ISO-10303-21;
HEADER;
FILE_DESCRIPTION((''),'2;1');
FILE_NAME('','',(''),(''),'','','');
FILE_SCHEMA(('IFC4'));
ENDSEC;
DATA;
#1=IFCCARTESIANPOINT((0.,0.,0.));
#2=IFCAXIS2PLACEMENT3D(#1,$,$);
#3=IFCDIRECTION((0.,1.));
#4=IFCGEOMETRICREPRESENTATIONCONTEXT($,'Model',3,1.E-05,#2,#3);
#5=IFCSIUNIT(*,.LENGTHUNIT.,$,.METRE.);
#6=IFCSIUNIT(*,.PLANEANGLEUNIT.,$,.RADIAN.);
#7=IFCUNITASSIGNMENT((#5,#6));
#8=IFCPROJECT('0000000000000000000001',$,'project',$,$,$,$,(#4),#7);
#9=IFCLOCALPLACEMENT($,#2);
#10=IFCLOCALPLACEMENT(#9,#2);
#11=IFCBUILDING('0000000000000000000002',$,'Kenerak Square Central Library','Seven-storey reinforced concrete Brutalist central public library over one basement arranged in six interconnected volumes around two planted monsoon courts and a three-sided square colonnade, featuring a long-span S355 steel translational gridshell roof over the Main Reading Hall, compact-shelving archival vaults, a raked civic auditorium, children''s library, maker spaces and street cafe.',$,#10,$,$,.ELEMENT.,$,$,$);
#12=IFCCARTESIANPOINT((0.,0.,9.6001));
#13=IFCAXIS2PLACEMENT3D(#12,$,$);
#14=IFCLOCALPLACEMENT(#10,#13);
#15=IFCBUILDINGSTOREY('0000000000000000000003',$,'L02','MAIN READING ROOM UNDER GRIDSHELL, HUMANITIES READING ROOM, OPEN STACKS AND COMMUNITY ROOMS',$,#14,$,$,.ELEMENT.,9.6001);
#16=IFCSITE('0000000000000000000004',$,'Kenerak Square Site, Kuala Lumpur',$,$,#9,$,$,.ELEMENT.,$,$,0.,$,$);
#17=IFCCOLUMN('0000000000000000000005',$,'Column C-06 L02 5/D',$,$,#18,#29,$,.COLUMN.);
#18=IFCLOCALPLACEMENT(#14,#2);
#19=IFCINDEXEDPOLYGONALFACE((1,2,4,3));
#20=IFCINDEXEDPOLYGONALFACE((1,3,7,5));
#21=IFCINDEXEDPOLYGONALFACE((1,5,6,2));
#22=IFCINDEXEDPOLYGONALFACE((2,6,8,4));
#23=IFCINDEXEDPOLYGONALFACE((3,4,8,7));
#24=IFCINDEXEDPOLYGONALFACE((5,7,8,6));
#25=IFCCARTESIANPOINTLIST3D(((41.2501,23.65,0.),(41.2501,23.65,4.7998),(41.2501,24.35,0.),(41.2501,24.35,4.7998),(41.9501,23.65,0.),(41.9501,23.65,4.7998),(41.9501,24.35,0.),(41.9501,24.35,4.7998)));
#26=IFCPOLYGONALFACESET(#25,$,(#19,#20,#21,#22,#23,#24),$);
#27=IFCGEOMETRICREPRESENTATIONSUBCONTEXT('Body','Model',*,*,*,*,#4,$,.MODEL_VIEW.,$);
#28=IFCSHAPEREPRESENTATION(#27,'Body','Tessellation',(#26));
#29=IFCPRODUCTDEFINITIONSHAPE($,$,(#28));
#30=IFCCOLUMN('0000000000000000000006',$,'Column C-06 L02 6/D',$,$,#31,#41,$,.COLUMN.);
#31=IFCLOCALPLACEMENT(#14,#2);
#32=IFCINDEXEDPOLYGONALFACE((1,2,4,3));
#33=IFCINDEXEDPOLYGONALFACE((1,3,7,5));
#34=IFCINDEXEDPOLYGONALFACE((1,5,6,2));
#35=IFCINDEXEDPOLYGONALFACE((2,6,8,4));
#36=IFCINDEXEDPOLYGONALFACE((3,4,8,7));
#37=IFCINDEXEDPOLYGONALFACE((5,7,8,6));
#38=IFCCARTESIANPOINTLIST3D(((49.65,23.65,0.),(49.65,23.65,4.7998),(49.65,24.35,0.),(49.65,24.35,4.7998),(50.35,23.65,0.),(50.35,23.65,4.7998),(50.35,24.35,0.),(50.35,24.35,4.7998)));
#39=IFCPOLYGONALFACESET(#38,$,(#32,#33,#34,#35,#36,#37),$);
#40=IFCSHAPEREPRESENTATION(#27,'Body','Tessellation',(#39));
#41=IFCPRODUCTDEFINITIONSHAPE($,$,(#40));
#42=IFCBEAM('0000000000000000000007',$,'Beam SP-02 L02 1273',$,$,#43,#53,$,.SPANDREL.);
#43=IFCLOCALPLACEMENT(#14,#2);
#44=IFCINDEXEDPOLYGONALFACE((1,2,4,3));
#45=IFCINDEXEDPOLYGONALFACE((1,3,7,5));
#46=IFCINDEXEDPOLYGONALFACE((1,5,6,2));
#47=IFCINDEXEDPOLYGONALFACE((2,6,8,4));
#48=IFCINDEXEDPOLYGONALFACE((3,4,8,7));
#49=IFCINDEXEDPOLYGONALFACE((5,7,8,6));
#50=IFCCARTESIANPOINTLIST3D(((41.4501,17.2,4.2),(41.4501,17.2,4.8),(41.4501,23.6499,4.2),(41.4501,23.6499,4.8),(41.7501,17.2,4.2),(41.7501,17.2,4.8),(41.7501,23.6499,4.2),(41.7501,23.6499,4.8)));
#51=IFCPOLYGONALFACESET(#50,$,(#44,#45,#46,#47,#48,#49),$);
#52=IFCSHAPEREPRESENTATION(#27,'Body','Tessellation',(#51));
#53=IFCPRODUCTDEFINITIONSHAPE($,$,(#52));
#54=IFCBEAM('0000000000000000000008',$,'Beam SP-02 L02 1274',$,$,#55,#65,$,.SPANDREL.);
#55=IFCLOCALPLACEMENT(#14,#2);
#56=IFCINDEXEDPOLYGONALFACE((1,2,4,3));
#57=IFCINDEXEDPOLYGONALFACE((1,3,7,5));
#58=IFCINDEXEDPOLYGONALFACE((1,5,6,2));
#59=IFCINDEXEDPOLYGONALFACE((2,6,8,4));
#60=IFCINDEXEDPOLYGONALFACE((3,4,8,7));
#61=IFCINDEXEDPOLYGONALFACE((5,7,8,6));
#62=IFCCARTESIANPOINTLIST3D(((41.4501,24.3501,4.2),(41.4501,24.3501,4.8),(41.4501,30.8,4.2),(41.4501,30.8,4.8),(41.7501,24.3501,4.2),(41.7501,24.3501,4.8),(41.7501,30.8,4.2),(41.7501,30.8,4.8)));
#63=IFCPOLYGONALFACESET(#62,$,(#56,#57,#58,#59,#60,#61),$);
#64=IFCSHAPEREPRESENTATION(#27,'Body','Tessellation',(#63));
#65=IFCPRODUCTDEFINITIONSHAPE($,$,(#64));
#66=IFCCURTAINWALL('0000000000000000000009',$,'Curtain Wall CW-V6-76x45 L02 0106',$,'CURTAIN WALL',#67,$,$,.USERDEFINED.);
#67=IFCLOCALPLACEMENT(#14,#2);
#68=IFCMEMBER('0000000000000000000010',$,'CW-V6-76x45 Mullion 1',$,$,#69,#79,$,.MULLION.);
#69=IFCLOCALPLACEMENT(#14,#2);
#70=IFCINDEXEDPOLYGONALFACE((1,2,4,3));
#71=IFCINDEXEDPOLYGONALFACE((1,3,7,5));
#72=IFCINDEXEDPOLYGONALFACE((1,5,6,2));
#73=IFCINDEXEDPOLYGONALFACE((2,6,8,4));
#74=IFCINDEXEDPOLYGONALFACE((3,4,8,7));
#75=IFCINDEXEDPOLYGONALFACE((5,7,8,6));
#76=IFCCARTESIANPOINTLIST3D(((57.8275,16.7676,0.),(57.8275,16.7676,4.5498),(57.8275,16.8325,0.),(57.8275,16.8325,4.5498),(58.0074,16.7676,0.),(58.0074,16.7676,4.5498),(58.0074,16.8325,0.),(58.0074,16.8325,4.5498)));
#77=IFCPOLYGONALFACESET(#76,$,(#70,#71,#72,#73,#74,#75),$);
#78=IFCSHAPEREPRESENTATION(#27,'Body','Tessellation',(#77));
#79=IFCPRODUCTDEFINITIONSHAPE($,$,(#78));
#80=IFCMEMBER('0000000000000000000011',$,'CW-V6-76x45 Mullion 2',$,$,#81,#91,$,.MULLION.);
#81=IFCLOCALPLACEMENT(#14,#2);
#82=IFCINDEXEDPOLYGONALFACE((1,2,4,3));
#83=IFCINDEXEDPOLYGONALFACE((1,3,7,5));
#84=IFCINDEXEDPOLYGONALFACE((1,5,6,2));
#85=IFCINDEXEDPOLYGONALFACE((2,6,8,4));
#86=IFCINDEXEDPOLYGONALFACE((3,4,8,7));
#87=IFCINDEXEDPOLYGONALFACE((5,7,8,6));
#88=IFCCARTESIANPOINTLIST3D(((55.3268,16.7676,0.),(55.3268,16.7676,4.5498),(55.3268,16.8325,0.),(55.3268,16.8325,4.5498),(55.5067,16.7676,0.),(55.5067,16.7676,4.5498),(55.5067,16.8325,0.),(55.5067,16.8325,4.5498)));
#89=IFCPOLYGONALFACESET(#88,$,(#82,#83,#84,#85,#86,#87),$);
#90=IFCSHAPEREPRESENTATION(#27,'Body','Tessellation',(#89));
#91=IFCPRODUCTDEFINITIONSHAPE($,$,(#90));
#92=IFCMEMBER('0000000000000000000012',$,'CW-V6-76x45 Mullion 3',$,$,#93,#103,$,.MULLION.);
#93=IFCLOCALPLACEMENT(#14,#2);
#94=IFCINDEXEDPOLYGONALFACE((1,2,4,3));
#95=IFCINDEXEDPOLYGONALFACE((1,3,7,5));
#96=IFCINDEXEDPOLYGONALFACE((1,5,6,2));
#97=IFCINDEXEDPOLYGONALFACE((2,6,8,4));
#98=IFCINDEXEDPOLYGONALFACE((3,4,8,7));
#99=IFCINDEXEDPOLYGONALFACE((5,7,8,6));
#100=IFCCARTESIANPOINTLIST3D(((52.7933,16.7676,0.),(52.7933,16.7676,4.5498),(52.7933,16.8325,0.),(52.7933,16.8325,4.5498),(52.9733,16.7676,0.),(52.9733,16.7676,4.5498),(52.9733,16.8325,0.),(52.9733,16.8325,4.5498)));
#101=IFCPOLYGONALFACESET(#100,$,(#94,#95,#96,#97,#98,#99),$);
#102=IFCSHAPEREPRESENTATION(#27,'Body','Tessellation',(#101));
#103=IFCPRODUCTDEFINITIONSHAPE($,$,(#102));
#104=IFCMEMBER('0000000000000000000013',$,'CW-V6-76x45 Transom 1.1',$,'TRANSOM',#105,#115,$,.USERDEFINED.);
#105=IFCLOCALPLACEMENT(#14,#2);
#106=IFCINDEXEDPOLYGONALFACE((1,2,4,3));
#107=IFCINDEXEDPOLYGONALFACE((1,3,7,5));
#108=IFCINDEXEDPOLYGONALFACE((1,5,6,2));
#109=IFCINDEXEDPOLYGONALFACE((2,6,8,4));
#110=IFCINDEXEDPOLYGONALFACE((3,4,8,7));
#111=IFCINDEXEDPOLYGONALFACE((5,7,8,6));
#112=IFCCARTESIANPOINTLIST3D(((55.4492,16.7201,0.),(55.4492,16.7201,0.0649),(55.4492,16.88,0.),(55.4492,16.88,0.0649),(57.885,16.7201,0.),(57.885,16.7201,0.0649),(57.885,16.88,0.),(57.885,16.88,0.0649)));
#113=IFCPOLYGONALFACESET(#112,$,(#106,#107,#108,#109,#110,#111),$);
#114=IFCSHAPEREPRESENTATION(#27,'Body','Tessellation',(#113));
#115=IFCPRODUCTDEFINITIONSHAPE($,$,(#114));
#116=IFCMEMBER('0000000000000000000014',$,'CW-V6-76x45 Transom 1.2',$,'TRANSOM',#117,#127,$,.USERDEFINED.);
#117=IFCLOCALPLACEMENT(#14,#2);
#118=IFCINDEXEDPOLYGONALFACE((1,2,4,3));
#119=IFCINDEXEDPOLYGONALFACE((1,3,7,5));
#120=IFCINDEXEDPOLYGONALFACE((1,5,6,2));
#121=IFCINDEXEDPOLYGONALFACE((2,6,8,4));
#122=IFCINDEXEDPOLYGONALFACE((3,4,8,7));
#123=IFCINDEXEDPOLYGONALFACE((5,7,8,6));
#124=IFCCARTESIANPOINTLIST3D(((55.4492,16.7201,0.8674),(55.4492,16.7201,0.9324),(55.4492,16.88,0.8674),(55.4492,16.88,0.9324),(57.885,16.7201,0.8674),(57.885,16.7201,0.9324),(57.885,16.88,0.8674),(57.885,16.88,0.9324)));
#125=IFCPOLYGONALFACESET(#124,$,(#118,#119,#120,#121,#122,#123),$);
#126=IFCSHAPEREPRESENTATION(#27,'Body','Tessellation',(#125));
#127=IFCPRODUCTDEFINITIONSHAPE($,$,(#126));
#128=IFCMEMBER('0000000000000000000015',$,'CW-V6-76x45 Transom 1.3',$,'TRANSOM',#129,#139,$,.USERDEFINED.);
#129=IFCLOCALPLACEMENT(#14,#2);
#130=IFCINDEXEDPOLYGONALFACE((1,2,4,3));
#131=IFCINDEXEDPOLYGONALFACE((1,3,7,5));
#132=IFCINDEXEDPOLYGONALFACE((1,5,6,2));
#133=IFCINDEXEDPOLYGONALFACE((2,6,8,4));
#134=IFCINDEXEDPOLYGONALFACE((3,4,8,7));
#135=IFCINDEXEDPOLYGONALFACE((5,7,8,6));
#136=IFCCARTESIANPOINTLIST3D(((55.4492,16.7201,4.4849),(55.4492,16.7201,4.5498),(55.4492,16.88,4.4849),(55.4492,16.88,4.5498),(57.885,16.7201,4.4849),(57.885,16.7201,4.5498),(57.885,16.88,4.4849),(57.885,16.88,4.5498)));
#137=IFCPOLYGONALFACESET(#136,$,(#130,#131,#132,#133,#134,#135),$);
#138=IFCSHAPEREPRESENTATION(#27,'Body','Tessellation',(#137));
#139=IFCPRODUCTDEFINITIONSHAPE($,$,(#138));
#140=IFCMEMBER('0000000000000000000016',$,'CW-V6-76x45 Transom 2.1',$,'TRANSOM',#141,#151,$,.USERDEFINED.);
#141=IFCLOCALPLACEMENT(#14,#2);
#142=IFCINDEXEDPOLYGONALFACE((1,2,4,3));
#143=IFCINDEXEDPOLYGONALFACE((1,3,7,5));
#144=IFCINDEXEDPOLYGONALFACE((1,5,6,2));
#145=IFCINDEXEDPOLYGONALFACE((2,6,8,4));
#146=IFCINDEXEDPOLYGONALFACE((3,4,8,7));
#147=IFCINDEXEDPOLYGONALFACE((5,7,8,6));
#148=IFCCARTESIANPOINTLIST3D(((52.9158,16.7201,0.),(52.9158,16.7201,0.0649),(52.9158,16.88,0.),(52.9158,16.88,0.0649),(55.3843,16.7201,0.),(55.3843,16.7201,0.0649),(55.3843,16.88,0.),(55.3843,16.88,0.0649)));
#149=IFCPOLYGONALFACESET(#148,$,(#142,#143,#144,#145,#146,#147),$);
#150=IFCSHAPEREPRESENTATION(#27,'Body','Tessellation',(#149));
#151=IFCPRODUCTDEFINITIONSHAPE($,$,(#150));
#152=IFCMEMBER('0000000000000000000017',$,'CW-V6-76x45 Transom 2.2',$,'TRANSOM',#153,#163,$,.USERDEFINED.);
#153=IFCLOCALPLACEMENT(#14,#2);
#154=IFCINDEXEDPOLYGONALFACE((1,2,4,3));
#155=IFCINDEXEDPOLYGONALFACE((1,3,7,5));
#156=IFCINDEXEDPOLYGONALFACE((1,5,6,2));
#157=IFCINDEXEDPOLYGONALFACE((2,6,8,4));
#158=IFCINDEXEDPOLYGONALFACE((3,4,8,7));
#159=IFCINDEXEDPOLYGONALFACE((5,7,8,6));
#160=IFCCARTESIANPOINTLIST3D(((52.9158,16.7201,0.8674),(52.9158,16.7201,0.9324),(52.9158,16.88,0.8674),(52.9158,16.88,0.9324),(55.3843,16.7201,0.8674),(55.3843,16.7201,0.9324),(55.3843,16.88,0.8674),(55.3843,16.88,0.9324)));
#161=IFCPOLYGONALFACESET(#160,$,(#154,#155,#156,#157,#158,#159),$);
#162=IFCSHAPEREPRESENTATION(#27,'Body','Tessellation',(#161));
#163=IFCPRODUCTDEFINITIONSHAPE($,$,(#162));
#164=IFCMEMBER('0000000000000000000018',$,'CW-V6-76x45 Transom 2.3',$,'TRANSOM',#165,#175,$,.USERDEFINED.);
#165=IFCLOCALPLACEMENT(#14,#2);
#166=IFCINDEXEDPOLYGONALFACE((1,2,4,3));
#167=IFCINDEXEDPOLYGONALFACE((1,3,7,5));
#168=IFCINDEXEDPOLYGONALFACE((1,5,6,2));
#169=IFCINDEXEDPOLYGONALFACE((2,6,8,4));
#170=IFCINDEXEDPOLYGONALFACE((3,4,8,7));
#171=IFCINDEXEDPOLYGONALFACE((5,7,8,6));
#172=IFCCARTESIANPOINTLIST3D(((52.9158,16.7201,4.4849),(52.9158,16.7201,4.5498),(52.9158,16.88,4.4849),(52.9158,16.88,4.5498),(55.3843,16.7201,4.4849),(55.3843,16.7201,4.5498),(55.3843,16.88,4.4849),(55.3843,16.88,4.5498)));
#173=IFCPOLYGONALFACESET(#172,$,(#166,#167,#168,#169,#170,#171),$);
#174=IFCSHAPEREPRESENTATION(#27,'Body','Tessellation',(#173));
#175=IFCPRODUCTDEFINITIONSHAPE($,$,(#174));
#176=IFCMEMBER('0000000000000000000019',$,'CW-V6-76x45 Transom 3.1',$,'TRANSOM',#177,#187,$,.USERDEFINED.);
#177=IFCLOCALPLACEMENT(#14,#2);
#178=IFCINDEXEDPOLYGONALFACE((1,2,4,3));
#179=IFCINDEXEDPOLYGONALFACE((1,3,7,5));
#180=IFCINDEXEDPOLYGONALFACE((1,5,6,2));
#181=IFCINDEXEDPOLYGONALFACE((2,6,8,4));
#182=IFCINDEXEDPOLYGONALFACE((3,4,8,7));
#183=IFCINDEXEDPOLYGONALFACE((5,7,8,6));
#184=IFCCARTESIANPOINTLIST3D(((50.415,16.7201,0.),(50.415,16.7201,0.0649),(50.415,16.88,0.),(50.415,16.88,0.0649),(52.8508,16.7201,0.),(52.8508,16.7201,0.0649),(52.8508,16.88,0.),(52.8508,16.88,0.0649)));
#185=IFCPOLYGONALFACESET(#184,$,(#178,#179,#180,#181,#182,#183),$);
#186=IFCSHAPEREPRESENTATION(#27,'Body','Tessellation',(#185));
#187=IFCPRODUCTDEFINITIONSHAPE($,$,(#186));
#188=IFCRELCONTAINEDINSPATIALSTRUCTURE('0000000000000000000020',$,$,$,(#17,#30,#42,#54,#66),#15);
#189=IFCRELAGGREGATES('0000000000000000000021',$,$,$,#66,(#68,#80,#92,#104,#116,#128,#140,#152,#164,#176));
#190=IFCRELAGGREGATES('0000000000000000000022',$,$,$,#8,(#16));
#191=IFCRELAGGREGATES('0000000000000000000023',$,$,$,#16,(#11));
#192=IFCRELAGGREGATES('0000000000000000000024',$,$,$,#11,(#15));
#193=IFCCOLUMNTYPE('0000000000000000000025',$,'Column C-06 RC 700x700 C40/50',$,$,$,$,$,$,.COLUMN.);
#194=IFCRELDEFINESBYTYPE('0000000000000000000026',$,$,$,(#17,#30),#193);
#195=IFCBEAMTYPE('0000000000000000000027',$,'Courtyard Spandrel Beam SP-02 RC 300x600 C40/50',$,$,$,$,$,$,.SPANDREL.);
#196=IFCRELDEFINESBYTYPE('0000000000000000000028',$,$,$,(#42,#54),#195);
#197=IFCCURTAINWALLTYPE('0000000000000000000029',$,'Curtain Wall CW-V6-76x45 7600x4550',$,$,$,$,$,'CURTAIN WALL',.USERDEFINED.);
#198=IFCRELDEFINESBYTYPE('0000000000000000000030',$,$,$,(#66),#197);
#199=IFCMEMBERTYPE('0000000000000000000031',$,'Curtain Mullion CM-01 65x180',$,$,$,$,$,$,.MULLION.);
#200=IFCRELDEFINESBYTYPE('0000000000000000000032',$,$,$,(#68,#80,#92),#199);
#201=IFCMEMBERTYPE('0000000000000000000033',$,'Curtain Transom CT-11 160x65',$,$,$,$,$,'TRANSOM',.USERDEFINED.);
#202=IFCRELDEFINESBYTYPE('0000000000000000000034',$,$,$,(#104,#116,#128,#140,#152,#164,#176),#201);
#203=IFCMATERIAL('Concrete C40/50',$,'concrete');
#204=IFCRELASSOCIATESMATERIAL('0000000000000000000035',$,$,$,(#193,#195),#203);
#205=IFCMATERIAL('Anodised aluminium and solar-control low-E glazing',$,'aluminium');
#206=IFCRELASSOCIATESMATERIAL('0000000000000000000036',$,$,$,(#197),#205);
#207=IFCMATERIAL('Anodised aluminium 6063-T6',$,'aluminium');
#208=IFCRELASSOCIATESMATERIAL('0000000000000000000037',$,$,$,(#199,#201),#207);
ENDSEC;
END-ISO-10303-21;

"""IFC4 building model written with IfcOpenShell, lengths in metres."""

from ifc_helpers import new_model, si_unit, direction, frame, origin, origin_2d, place, context, subcontext, project, spatial, rectangle, extrude, material, material_profile, profile_set, type_object, element, aggregate, save


model = new_model("IFC4")

# Units and contexts
model_context = context("Model", 3, precision=1e-05, world=origin(), true_north=direction((0.0, 1.0)))
body_context = subcontext(model_context, "Body", "Model", "MODEL_VIEW")
ifc_project = project(units=[si_unit("LENGTHUNIT", "METRE"), si_unit("PLANEANGLEUNIT", "RADIAN")], contexts=[model_context])

# Site, building, storey
site_placement = place(None, origin())
site = spatial("IfcSite", under=ifc_project, at=site_placement, Name="Kenerak Square Site, Kuala Lumpur", CompositionType="ELEMENT", RefElevation=0.0)
building_placement = place(site_placement, origin())
building = spatial("IfcBuilding", under=site, at=building_placement, Name="Kenerak Square Central Library", Description="Seven-storey reinforced concrete Brutalist central public library over one basement arranged in six interconnected volumes around two planted monsoon courts and a three-sided square colonnade, featuring a long-span S355 steel translational gridshell roof over the Main Reading Hall, compact-shelving archival vaults, a raked civic auditorium, children's library, maker spaces and street cafe.", CompositionType="ELEMENT")
storey_placement = place(building_placement, frame((0.0, 0.0, 9.6001)))
storey = spatial("IfcBuildingStorey", under=building, at=storey_placement, Name="L02", Description="MAIN READING ROOM UNDER GRIDSHELL, HUMANITIES READING ROOM, OPEN STACKS AND COMMUNITY ROOMS", CompositionType="ELEMENT", Elevation=9.6001)

# Columns
ifc_material_1 = material(Name="Concrete C40/50", Category="concrete")
ifc_material_profile_1 = material_profile(ifc_material_1, rectangle(XDim=0.7, YDim=0.7, at=origin_2d()), Name="RC 700x700")
ifc_profile_set_1 = profile_set([ifc_material_profile_1], Name="Concrete C40/50")
column_type = type_object("IfcColumnType", Name="Column C-06 RC 700x700 C40/50", PredefinedType="COLUMN", material=ifc_profile_set_1)
for number, where, z_axis, x_axis, name in (
    (1, (41.6001, 24.0, 0.0), (0.0, 0.0, 1.0), (1.0, 0.0, 0.0), "Column C-06 L02 5/D"),
    (2, (50.0, 24.0, 0.0), (0.0, 0.0, 1.0), (1.0, 0.0, 0.0), "Column C-06 L02 6/D"),
):
    element("IfcColumn", number, at=place(storey_placement, frame(where, z_axis=z_axis, x_axis=x_axis)), inside=storey, type_object=column_type, Name=name, PredefinedType="COLUMN", context=body_context, shape_type="SweptSolid", body=[
        extrude(rectangle(XDim=0.7, YDim=0.7, at=origin_2d()), origin(), (0.0, 0.0, 1.0), 4.7998),
    ])

# Beams
ifc_material_profile_2 = material_profile(ifc_material_1, rectangle(XDim=0.3, YDim=0.6001, at=origin_2d()), Name="RC 300x600")
ifc_profile_set_2 = profile_set([ifc_material_profile_2], Name="Concrete C40/50")
beam_type_1 = type_object("IfcBeamType", Name="Courtyard Spandrel Beam SP-02 RC 300x600 C40/50", PredefinedType="SPANDREL", material=ifc_profile_set_2)
for number, where, z_axis, x_axis, name in (
    (3, (41.6001, 17.2, 4.5), (0.0, 1.0, 0.0), (-1.0, 0.0, 0.0), "Beam SP-02 L02 1273"),
    (4, (41.6001, 24.3501, 4.5), (0.0, 1.0, 0.0), (-1.0, 0.0, 0.0), "Beam SP-02 L02 1274"),
):
    element("IfcBeam", number, at=place(storey_placement, frame(where, z_axis=z_axis, x_axis=x_axis)), inside=storey, type_object=beam_type_1, Name=name, PredefinedType="SPANDREL", context=body_context, shape_type="SweptSolid", body=[
        extrude(rectangle(XDim=0.3, YDim=0.6001, at=origin_2d()), origin(), (0.0, 0.0, 1.0), 6.45),
    ])

# Curtain wall, members
ifc_material_2 = material(Name="Anodised aluminium and solar-control low-E glazing", Category="aluminium")
curtain_wall_type = type_object("IfcCurtainWallType", Name="Curtain Wall CW-V6-76x45 7600x4550", ElementType="CURTAIN WALL", PredefinedType="USERDEFINED", material=ifc_material_2)
curtain_wall_placement = place(storey_placement, origin())
curtain_wall = element("IfcCurtainWall", 5, at=curtain_wall_placement, inside=storey, type_object=curtain_wall_type, Name="Curtain Wall CW-V6-76x45 L02 0106", ObjectType="CURTAIN WALL", PredefinedType="USERDEFINED")
ifc_material_3 = material(Name="Anodised aluminium 6063-T6", Category="aluminium")
ifc_material_profile_3 = material_profile(ifc_material_3, rectangle(XDim=0.0649, YDim=0.1799, at=origin_2d()), Name="AL MULLION 65x180")
ifc_profile_set_3 = profile_set([ifc_material_profile_3], Name="Anodised aluminium 6063-T6")
member_type_1 = type_object("IfcMemberType", Name="Curtain Mullion CM-01 65x180", PredefinedType="MULLION", material=ifc_profile_set_3)
member_1_placement = place(storey_placement, frame((57.9175, 16.8, 0.0), z_axis=(0.0, 0.0, 1.0), x_axis=(0.0, -1.0, 0.0)))
member_1 = element("IfcMember", 6, at=member_1_placement, type_object=member_type_1, Name="CW-V6-76x45 Mullion 1", PredefinedType="MULLION", context=body_context, shape_type="SweptSolid", body=[
    extrude(rectangle(XDim=0.0649, YDim=0.1799, at=origin_2d()), origin(), (0.0, 0.0, 1.0), 4.5498),
])
member_2_placement = place(storey_placement, frame((55.4167, 16.8, 0.0), z_axis=(0.0, 0.0, 1.0), x_axis=(0.0, -1.0, 0.0)))
member_2 = element("IfcMember", 7, at=member_2_placement, type_object=member_type_1, Name="CW-V6-76x45 Mullion 2", PredefinedType="MULLION", context=body_context, shape_type="SweptSolid", body=[
    extrude(rectangle(XDim=0.0649, YDim=0.1799, at=origin_2d()), origin(), (0.0, 0.0, 1.0), 4.5498),
])
member_3_placement = place(storey_placement, frame((52.8833, 16.8, 0.0), z_axis=(0.0, 0.0, 1.0), x_axis=(0.0, -1.0, 0.0)))
member_3 = element("IfcMember", 8, at=member_3_placement, type_object=member_type_1, Name="CW-V6-76x45 Mullion 3", PredefinedType="MULLION", context=body_context, shape_type="SweptSolid", body=[
    extrude(rectangle(XDim=0.0649, YDim=0.1799, at=origin_2d()), origin(), (0.0, 0.0, 1.0), 4.5498),
])
ifc_material_profile_4 = material_profile(ifc_material_3, rectangle(XDim=0.1599, YDim=0.0649, at=origin_2d()), Name="AL TRANSOM 160x65")
ifc_profile_set_4 = profile_set([ifc_material_profile_4], Name="Anodised aluminium 6063-T6")
member_type_2 = type_object("IfcMemberType", Name="Curtain Transom CT-11 160x65", ElementType="TRANSOM", PredefinedType="USERDEFINED", material=ifc_profile_set_4)
member_4_placement = place(storey_placement, frame((57.885, 16.8, 0.0325), z_axis=(-1.0, 0.0, 0.0), x_axis=(0.0, -1.0, 0.0)))
member_4 = element("IfcMember", 9, at=member_4_placement, type_object=member_type_2, Name="CW-V6-76x45 Transom 1.1", ObjectType="TRANSOM", PredefinedType="USERDEFINED", context=body_context, shape_type="SweptSolid", body=[
    extrude(rectangle(XDim=0.1599, YDim=0.0649, at=origin_2d()), origin(), (0.0, 0.0, 1.0), 2.4358),
])
member_5_placement = place(storey_placement, frame((57.885, 16.8, 0.8999), z_axis=(-1.0, 0.0, 0.0), x_axis=(0.0, -1.0, 0.0)))
member_5 = element("IfcMember", 10, at=member_5_placement, type_object=member_type_2, Name="CW-V6-76x45 Transom 1.2", ObjectType="TRANSOM", PredefinedType="USERDEFINED", context=body_context, shape_type="SweptSolid", body=[
    extrude(rectangle(XDim=0.1599, YDim=0.0649, at=origin_2d()), origin(), (0.0, 0.0, 1.0), 2.4358),
])
member_6_placement = place(storey_placement, frame((57.885, 16.8, 4.5173), z_axis=(-1.0, 0.0, 0.0), x_axis=(0.0, -1.0, 0.0)))
member_6 = element("IfcMember", 11, at=member_6_placement, type_object=member_type_2, Name="CW-V6-76x45 Transom 1.3", ObjectType="TRANSOM", PredefinedType="USERDEFINED", context=body_context, shape_type="SweptSolid", body=[
    extrude(rectangle(XDim=0.1599, YDim=0.0649, at=origin_2d()), origin(), (0.0, 0.0, 1.0), 2.4358),
])
member_7_placement = place(storey_placement, frame((55.3843, 16.8, 0.0325), z_axis=(-1.0, 0.0, 0.0), x_axis=(0.0, -1.0, 0.0)))
member_7 = element("IfcMember", 12, at=member_7_placement, type_object=member_type_2, Name="CW-V6-76x45 Transom 2.1", ObjectType="TRANSOM", PredefinedType="USERDEFINED", context=body_context, shape_type="SweptSolid", body=[
    extrude(rectangle(XDim=0.1599, YDim=0.0649, at=origin_2d()), origin(), (0.0, 0.0, 1.0), 2.4685),
])
member_8_placement = place(storey_placement, frame((55.3843, 16.8, 0.8999), z_axis=(-1.0, 0.0, 0.0), x_axis=(0.0, -1.0, 0.0)))
member_8 = element("IfcMember", 13, at=member_8_placement, type_object=member_type_2, Name="CW-V6-76x45 Transom 2.2", ObjectType="TRANSOM", PredefinedType="USERDEFINED", context=body_context, shape_type="SweptSolid", body=[
    extrude(rectangle(XDim=0.1599, YDim=0.0649, at=origin_2d()), origin(), (0.0, 0.0, 1.0), 2.4685),
])
member_9_placement = place(storey_placement, frame((55.3843, 16.8, 4.5173), z_axis=(-1.0, 0.0, 0.0), x_axis=(0.0, -1.0, 0.0)))
member_9 = element("IfcMember", 14, at=member_9_placement, type_object=member_type_2, Name="CW-V6-76x45 Transom 2.3", ObjectType="TRANSOM", PredefinedType="USERDEFINED", context=body_context, shape_type="SweptSolid", body=[
    extrude(rectangle(XDim=0.1599, YDim=0.0649, at=origin_2d()), origin(), (0.0, 0.0, 1.0), 2.4685),
])
member_10_placement = place(storey_placement, frame((52.8508, 16.8, 0.0325), z_axis=(-1.0, 0.0, 0.0), x_axis=(0.0, -1.0, 0.0)))
member_10 = element("IfcMember", 15, at=member_10_placement, type_object=member_type_2, Name="CW-V6-76x45 Transom 3.1", ObjectType="TRANSOM", PredefinedType="USERDEFINED", context=body_context, shape_type="SweptSolid", body=[
    extrude(rectangle(XDim=0.1599, YDim=0.0649, at=origin_2d()), origin(), (0.0, 0.0, 1.0), 2.4358),
])

aggregate(curtain_wall, [member_1, member_2, member_3, member_4, member_5, member_6, member_7, member_8, member_9, member_10])

save(model, "model.ifc")
